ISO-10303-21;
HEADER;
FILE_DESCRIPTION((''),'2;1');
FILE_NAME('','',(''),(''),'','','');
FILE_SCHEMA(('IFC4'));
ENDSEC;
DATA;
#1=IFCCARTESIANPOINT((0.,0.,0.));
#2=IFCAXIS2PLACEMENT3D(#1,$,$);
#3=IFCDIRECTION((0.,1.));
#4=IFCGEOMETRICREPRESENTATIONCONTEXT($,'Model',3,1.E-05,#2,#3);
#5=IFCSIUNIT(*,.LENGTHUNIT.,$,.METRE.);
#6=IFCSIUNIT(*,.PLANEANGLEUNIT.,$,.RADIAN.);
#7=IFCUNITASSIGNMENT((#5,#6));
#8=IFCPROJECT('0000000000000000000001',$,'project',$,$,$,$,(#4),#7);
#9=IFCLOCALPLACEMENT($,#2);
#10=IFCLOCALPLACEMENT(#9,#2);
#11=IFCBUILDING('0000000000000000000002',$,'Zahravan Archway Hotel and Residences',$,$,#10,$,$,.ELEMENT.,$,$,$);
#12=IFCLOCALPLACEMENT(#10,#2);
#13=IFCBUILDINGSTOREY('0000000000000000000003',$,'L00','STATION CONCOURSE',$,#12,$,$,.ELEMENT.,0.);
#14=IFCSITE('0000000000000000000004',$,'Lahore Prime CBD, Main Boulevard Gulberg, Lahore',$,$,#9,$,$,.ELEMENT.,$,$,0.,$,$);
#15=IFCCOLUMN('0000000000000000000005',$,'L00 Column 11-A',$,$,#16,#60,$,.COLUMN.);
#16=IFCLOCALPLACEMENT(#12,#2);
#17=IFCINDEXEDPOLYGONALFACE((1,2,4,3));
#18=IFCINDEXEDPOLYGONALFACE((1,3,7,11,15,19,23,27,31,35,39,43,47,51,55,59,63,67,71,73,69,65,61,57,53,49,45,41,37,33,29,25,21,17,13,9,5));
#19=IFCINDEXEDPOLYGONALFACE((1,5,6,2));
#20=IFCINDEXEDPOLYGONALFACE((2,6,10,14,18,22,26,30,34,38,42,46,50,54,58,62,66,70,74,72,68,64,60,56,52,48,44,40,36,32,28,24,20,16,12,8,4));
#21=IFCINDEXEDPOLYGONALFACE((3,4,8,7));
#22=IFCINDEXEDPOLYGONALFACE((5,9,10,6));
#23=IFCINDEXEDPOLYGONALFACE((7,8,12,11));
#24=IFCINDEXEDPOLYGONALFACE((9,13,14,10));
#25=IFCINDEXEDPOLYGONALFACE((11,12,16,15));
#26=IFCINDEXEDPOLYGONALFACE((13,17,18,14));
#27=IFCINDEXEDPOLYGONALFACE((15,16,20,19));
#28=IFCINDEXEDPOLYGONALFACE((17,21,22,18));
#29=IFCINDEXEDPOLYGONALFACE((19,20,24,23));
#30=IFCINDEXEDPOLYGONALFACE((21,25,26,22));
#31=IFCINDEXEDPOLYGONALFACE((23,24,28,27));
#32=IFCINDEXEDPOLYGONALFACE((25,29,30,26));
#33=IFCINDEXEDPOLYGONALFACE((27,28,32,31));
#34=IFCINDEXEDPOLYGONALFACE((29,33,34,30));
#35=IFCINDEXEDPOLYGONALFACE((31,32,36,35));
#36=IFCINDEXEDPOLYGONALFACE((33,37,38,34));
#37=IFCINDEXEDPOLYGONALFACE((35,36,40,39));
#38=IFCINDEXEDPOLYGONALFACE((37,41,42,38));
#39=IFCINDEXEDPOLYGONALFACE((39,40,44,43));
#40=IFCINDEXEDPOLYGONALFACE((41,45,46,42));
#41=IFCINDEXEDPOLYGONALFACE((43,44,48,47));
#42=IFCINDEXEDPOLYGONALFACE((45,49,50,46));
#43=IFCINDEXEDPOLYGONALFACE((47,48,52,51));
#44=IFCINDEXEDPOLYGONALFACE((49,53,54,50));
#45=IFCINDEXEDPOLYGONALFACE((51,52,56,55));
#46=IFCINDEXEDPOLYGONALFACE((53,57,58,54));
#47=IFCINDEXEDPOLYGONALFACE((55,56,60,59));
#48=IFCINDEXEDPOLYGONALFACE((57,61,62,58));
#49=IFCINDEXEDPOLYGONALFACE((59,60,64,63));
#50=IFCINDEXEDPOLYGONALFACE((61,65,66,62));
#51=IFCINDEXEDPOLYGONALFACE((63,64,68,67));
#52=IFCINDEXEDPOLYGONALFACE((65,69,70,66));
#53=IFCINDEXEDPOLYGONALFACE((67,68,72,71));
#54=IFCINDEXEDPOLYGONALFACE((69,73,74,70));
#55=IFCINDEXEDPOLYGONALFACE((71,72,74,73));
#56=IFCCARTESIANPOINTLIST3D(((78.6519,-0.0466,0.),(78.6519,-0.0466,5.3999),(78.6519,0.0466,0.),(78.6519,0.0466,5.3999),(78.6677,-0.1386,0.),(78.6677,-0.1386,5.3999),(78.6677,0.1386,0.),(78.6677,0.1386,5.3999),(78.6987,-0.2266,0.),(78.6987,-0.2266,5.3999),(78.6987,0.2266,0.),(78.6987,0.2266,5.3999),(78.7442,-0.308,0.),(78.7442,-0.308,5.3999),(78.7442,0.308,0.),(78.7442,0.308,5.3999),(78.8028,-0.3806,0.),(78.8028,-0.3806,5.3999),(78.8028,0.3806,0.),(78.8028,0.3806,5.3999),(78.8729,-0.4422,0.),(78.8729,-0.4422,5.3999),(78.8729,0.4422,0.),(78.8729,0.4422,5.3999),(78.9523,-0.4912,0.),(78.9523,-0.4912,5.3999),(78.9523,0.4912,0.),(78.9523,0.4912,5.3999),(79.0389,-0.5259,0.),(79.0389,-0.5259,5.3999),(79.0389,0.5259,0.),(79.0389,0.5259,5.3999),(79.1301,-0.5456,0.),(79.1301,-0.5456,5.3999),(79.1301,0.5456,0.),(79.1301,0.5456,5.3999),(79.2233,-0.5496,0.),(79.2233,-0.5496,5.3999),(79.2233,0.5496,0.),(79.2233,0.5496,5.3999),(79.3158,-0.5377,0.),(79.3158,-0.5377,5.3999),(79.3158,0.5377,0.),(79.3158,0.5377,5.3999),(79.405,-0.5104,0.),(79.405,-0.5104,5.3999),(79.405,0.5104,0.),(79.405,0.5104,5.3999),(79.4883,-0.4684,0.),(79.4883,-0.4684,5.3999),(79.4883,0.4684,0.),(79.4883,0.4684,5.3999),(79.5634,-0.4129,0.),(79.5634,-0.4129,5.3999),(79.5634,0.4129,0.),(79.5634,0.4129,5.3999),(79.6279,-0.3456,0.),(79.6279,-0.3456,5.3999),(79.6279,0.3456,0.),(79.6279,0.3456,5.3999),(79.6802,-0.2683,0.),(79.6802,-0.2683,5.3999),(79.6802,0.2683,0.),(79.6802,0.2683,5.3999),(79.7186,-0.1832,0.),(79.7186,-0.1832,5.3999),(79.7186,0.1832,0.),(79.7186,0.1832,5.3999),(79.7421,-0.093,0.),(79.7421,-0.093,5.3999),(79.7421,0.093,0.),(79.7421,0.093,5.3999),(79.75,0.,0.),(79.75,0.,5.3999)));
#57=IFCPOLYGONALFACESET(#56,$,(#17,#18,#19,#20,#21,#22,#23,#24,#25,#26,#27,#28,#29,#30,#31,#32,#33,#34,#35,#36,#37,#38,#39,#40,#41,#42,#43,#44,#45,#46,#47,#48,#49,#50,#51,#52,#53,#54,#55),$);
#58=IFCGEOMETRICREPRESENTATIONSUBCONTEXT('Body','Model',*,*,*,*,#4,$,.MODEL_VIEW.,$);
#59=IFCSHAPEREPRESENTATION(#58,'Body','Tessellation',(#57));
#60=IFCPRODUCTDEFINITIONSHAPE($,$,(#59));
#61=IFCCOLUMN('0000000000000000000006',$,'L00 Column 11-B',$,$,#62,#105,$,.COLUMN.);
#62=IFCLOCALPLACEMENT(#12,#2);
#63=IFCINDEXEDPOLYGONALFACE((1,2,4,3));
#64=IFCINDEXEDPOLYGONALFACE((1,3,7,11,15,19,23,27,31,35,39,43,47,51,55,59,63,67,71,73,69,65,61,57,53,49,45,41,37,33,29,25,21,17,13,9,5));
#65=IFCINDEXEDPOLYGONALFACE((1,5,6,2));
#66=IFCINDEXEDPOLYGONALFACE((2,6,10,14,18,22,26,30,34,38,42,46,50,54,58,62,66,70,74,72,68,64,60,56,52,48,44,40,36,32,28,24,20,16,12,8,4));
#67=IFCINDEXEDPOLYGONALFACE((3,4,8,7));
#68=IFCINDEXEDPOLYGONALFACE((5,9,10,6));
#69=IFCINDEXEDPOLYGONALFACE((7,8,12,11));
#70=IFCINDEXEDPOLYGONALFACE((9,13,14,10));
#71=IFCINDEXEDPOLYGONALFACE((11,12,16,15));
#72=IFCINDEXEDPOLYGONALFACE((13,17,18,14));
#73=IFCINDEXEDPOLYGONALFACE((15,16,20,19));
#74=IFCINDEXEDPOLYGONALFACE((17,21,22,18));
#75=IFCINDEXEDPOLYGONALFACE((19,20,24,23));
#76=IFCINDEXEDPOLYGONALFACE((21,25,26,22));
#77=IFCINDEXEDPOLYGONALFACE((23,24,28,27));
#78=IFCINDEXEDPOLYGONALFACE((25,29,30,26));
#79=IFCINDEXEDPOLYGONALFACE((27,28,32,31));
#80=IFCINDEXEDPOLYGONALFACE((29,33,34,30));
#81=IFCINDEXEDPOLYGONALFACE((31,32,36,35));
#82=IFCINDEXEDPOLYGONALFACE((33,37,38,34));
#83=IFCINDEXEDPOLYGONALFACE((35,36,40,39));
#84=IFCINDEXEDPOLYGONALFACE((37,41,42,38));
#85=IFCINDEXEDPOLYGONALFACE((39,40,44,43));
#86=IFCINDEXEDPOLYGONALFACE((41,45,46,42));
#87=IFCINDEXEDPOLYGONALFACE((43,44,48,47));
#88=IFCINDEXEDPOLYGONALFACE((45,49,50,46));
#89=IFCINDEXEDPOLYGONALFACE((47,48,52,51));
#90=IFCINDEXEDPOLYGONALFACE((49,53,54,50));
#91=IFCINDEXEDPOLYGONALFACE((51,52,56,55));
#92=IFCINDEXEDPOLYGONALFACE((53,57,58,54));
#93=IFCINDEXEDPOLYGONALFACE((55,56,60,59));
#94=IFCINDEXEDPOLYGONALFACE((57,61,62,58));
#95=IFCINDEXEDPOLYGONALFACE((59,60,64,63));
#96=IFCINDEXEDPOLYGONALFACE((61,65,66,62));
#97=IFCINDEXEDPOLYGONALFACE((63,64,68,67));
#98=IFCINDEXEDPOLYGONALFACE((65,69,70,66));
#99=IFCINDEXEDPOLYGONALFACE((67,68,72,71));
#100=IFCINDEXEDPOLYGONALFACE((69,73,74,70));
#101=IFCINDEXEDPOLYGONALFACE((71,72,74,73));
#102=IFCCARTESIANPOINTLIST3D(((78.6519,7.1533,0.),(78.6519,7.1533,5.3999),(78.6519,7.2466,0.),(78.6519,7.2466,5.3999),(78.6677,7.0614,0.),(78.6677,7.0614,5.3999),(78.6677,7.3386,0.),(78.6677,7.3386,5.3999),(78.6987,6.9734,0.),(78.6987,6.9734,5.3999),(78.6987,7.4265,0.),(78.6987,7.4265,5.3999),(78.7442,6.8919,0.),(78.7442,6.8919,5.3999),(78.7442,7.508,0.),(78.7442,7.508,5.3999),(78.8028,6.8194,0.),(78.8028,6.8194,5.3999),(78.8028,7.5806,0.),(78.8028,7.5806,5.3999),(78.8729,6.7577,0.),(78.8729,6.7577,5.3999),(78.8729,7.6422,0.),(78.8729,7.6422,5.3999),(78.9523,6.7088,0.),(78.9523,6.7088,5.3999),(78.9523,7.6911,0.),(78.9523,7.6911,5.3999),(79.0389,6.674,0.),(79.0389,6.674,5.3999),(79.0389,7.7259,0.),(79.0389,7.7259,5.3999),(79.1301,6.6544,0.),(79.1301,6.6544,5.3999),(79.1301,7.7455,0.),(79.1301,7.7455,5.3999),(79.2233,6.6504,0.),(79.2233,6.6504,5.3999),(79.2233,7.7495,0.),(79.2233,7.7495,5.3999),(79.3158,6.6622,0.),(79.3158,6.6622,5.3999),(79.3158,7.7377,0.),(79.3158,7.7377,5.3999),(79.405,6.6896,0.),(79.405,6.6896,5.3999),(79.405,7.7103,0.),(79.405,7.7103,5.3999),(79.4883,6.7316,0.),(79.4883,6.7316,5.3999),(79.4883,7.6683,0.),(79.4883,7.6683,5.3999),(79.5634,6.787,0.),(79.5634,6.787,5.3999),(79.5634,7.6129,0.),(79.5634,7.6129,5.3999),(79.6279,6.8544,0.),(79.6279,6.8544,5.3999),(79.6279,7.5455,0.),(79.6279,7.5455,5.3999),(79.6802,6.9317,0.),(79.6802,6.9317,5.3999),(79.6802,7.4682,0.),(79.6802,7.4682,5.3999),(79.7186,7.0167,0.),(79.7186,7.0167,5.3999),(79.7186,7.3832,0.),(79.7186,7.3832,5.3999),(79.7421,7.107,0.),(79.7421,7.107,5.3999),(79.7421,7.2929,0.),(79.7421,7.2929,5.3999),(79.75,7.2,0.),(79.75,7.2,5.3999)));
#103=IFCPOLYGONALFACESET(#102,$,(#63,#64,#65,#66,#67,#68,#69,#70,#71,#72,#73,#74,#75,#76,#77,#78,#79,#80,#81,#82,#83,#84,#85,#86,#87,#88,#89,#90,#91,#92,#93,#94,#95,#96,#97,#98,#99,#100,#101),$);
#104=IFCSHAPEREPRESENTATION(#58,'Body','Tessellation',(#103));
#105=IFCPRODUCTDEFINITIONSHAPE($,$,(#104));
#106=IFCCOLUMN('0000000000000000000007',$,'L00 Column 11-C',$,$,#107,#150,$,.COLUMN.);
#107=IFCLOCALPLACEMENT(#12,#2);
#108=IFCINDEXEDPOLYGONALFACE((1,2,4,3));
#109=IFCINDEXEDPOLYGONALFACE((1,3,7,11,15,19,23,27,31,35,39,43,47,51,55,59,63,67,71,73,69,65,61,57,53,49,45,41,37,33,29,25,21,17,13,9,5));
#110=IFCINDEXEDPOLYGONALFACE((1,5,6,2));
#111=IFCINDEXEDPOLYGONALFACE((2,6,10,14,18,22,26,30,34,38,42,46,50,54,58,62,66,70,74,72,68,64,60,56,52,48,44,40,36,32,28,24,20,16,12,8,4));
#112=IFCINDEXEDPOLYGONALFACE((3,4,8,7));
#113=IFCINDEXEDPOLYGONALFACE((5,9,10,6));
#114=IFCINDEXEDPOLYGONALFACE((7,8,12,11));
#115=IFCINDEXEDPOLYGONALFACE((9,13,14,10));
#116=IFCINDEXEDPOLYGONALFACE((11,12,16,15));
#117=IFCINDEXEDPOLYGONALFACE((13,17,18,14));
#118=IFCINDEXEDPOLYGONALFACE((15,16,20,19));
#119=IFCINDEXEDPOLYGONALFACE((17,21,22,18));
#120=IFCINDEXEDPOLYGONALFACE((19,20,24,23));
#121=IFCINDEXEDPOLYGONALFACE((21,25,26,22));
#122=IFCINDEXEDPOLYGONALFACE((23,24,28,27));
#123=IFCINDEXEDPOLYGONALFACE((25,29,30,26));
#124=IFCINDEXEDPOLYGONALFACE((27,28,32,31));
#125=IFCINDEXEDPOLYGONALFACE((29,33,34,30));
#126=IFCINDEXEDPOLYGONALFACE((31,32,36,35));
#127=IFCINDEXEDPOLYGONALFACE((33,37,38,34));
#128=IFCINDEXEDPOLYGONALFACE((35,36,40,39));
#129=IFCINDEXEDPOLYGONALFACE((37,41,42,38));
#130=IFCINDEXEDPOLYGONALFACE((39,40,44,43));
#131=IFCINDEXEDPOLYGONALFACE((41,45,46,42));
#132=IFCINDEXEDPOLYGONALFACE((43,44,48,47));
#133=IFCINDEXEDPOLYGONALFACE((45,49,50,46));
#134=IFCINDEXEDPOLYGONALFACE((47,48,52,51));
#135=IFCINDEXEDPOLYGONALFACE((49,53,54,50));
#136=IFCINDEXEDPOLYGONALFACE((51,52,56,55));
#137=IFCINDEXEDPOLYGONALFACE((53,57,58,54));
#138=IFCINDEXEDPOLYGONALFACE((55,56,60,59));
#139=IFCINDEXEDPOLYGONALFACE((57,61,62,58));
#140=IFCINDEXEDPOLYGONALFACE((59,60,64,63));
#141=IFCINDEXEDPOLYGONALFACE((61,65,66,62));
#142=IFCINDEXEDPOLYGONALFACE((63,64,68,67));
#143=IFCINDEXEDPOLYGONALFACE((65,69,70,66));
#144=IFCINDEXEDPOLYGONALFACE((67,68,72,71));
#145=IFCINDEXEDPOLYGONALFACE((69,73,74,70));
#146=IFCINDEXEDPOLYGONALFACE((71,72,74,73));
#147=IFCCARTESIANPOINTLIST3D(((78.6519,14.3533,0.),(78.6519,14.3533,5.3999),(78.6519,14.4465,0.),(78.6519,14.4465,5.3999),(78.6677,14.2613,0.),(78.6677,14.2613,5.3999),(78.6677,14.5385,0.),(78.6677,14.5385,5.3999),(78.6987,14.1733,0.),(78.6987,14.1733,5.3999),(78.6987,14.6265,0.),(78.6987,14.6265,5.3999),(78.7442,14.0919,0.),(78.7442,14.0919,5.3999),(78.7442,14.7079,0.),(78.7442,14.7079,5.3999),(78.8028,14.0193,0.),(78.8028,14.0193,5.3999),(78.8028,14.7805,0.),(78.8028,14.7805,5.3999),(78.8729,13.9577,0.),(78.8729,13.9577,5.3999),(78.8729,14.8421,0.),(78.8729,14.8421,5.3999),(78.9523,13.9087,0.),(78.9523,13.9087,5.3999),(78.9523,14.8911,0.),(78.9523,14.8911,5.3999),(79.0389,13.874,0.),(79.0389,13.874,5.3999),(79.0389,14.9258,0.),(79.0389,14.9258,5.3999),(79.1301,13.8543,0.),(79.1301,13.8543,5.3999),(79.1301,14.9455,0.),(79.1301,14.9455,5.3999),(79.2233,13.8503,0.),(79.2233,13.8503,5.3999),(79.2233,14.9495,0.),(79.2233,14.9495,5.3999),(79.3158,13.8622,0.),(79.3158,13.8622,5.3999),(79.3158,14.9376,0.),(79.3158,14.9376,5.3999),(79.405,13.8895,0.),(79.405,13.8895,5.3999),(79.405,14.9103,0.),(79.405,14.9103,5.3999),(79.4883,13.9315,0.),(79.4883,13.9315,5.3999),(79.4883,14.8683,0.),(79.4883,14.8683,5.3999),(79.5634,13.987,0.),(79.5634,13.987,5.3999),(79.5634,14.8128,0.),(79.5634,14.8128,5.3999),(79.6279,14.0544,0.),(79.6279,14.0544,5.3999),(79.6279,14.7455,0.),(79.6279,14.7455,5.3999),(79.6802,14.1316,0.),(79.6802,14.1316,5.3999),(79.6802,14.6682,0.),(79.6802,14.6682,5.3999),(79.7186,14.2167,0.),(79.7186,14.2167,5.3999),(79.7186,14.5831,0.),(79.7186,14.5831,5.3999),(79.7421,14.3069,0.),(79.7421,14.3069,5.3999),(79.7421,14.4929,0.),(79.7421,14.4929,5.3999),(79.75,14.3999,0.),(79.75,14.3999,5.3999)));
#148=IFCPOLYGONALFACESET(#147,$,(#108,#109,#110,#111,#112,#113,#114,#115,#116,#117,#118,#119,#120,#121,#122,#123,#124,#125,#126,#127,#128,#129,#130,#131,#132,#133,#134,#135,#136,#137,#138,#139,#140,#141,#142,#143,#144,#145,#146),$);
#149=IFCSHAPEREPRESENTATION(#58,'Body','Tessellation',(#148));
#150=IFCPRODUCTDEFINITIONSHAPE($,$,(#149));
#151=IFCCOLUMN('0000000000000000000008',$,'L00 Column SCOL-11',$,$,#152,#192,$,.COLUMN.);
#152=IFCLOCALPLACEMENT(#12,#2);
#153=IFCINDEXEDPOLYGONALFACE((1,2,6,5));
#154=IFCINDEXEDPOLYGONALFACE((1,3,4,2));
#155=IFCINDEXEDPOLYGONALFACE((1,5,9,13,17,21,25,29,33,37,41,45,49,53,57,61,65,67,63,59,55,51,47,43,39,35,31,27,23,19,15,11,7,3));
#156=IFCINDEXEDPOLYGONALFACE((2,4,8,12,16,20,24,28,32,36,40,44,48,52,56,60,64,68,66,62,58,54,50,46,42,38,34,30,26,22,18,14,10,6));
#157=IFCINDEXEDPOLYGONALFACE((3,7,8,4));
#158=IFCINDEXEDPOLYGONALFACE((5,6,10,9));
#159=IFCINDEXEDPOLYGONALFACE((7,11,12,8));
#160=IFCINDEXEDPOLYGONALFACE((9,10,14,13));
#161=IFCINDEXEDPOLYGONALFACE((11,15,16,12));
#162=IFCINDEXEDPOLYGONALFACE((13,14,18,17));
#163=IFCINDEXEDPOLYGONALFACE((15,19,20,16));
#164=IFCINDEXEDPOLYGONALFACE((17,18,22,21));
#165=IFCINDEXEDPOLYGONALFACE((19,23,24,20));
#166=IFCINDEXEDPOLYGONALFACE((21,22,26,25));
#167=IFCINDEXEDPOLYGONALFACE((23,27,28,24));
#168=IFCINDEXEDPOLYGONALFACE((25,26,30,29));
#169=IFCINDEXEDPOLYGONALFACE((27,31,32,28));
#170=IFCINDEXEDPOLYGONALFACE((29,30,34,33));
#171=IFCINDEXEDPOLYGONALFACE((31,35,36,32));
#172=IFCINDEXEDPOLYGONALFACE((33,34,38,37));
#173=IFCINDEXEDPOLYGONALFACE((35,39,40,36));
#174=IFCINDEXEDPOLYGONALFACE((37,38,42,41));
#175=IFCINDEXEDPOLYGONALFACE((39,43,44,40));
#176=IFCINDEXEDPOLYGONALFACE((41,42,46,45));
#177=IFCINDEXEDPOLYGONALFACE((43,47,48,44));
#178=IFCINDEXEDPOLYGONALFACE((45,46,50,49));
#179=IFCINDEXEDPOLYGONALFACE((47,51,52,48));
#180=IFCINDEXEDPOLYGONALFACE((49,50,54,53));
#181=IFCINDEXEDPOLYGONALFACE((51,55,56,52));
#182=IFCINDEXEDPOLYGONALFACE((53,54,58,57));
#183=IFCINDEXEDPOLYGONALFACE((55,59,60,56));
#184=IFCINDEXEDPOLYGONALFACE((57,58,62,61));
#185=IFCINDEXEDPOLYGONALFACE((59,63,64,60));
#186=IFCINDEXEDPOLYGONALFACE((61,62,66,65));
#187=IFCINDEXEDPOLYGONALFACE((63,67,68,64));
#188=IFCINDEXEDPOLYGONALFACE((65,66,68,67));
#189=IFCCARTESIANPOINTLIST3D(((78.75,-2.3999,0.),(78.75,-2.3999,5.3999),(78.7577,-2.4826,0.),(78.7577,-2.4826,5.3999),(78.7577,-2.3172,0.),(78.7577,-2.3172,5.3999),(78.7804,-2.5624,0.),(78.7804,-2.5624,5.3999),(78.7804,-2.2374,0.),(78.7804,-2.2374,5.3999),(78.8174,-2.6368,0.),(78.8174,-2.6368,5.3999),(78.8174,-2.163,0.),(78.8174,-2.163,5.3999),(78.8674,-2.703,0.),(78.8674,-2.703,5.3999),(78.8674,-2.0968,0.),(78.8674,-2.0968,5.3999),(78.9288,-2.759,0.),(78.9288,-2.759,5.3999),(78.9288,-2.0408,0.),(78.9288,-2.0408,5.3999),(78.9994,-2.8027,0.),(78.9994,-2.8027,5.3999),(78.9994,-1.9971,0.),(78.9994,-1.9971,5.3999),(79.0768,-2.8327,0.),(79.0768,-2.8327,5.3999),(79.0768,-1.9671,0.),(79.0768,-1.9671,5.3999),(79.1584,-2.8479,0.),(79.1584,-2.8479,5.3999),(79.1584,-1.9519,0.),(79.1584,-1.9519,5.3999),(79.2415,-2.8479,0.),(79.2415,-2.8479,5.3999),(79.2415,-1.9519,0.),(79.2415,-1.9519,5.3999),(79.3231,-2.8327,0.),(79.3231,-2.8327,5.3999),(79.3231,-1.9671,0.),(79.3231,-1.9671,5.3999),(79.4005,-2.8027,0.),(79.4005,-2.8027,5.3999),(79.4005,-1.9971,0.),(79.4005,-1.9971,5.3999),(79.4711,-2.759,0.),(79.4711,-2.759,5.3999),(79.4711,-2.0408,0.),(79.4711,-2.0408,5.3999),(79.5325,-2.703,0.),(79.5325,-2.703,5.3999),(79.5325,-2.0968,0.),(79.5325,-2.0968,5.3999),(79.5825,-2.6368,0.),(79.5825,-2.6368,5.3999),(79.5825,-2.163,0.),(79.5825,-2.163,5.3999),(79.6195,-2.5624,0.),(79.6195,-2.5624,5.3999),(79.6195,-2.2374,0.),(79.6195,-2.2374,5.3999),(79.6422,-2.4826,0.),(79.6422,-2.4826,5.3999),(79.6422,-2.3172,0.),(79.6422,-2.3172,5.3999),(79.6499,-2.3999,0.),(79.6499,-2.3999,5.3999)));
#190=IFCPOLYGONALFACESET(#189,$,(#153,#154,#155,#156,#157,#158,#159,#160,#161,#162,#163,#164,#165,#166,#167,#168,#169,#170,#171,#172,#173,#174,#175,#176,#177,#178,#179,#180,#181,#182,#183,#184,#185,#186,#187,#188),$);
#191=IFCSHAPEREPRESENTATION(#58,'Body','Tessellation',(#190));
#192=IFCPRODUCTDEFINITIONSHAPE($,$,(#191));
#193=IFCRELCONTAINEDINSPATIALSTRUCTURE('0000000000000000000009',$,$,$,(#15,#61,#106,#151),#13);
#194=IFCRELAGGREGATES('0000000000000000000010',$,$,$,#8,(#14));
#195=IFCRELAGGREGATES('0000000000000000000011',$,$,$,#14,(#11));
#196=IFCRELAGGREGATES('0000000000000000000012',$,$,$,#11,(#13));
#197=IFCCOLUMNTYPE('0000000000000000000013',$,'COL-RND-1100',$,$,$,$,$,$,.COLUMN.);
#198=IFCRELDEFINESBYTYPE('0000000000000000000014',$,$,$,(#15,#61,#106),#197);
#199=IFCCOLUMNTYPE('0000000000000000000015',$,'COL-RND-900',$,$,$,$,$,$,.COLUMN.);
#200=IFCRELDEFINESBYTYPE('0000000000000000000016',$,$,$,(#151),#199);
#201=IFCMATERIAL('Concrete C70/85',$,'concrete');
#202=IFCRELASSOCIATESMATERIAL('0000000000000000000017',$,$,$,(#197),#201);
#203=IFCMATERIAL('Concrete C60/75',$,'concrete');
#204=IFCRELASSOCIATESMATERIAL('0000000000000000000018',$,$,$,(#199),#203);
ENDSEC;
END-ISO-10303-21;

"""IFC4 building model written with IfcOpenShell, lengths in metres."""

from ifc_helpers import new_model, si_unit, direction, frame, origin, origin_2d, place, context, subcontext, project, spatial, circle, extrude, source, transform, mapped, material, material_profile, profile_set, type_object, type_shapes, element, save


model = new_model("IFC4")

# Units and contexts
model_context = context("Model", 3, precision=1e-05, world=origin(), true_north=direction((0.0, 1.0)))
body_context = subcontext(model_context, "Body", "Model", "MODEL_VIEW")
ifc_project = project(units=[si_unit("LENGTHUNIT", "METRE"), si_unit("PLANEANGLEUNIT", "RADIAN")], contexts=[model_context])

# Site, building, storey
site_placement = place(None, origin())
site = spatial("IfcSite", under=ifc_project, at=site_placement, Name="Lahore Prime CBD, Main Boulevard Gulberg, Lahore", CompositionType="ELEMENT", RefElevation=0.0)
building_placement = place(site_placement, origin())
building = spatial("IfcBuilding", under=site, at=building_placement, Name="Zahravan Archway Hotel and Residences", CompositionType="ELEMENT")
storey_placement = place(building_placement, origin())
storey = spatial("IfcBuildingStorey", under=building, at=storey_placement, Name="L00", Description="STATION CONCOURSE", CompositionType="ELEMENT", Elevation=0.0)

# Columns
ifc_material_1 = material(Name="Concrete C70/85", Category="concrete")
ifc_material_profile_1 = material_profile(ifc_material_1, circle(Radius=0.55, at=origin_2d()), Name="RC-CIRC-1100", Category="concrete")
ifc_profile_set_1 = profile_set([ifc_material_profile_1], Name="Concrete C70/85")
column_type_1 = type_object("IfcColumnType", Name="COL-RND-1100", PredefinedType="COLUMN", material=ifc_profile_set_1)
shared_shape_1 = source(origin(), body_context, "Body", "SweptSolid", [
    extrude(circle(Radius=0.55, at=origin_2d()), origin(), (0.0, 0.0, 1.0), 5.3999),
])
type_shapes(column_type_1, [shared_shape_1])
for number, where, z_axis, x_axis, name in (
    (1, (79.2, 0.0, 0.0), (0.0, 0.0, 1.0), (1.0, 0.0, 0.0), "L00 Column 11-A"),
    (2, (79.2, 7.2, 0.0), (0.0, 0.0, 1.0), (1.0, 0.0, 0.0), "L00 Column 11-B"),
    (3, (79.2, 14.3999, 0.0), (0.0, 0.0, 1.0), (1.0, 0.0, 0.0), "L00 Column 11-C"),
):
    element("IfcColumn", number, at=place(storey_placement, frame(where, z_axis=z_axis, x_axis=x_axis)), inside=storey, type_object=column_type_1, Name=name, PredefinedType="COLUMN", context=body_context, shape_type="MappedRepresentation", body=[
        mapped(shared_shape_1, transform((0.0, 0.0, 0.0), scale=1.0)),
    ])
ifc_material_2 = material(Name="Concrete C60/75", Category="concrete")
ifc_material_profile_2 = material_profile(ifc_material_2, circle(Radius=0.45, at=origin_2d()), Name="RC-CIRC-900", Category="concrete")
ifc_profile_set_2 = profile_set([ifc_material_profile_2], Name="Concrete C60/75")
column_type_2 = type_object("IfcColumnType", Name="COL-RND-900", PredefinedType="COLUMN", material=ifc_profile_set_2)
shared_shape_2 = source(origin(), body_context, "Body", "SweptSolid", [
    extrude(circle(Radius=0.45, at=origin_2d()), origin(), (0.0, 0.0, 1.0), 5.3999),
])
type_shapes(column_type_2, [shared_shape_2])
for number, where, z_axis, x_axis, name in (
    (4, (79.2, -2.3999, 0.0), (0.0, 0.0, 1.0), (1.0, 0.0, 0.0), "L00 Column SCOL-11"),
):
    element("IfcColumn", number, at=place(storey_placement, frame(where, z_axis=z_axis, x_axis=x_axis)), inside=storey, type_object=column_type_2, Name=name, PredefinedType="COLUMN", context=body_context, shape_type="MappedRepresentation", body=[
        mapped(shared_shape_2, transform((0.0, 0.0, 0.0), scale=1.0)),
    ])

save(model, "model.ifc")
